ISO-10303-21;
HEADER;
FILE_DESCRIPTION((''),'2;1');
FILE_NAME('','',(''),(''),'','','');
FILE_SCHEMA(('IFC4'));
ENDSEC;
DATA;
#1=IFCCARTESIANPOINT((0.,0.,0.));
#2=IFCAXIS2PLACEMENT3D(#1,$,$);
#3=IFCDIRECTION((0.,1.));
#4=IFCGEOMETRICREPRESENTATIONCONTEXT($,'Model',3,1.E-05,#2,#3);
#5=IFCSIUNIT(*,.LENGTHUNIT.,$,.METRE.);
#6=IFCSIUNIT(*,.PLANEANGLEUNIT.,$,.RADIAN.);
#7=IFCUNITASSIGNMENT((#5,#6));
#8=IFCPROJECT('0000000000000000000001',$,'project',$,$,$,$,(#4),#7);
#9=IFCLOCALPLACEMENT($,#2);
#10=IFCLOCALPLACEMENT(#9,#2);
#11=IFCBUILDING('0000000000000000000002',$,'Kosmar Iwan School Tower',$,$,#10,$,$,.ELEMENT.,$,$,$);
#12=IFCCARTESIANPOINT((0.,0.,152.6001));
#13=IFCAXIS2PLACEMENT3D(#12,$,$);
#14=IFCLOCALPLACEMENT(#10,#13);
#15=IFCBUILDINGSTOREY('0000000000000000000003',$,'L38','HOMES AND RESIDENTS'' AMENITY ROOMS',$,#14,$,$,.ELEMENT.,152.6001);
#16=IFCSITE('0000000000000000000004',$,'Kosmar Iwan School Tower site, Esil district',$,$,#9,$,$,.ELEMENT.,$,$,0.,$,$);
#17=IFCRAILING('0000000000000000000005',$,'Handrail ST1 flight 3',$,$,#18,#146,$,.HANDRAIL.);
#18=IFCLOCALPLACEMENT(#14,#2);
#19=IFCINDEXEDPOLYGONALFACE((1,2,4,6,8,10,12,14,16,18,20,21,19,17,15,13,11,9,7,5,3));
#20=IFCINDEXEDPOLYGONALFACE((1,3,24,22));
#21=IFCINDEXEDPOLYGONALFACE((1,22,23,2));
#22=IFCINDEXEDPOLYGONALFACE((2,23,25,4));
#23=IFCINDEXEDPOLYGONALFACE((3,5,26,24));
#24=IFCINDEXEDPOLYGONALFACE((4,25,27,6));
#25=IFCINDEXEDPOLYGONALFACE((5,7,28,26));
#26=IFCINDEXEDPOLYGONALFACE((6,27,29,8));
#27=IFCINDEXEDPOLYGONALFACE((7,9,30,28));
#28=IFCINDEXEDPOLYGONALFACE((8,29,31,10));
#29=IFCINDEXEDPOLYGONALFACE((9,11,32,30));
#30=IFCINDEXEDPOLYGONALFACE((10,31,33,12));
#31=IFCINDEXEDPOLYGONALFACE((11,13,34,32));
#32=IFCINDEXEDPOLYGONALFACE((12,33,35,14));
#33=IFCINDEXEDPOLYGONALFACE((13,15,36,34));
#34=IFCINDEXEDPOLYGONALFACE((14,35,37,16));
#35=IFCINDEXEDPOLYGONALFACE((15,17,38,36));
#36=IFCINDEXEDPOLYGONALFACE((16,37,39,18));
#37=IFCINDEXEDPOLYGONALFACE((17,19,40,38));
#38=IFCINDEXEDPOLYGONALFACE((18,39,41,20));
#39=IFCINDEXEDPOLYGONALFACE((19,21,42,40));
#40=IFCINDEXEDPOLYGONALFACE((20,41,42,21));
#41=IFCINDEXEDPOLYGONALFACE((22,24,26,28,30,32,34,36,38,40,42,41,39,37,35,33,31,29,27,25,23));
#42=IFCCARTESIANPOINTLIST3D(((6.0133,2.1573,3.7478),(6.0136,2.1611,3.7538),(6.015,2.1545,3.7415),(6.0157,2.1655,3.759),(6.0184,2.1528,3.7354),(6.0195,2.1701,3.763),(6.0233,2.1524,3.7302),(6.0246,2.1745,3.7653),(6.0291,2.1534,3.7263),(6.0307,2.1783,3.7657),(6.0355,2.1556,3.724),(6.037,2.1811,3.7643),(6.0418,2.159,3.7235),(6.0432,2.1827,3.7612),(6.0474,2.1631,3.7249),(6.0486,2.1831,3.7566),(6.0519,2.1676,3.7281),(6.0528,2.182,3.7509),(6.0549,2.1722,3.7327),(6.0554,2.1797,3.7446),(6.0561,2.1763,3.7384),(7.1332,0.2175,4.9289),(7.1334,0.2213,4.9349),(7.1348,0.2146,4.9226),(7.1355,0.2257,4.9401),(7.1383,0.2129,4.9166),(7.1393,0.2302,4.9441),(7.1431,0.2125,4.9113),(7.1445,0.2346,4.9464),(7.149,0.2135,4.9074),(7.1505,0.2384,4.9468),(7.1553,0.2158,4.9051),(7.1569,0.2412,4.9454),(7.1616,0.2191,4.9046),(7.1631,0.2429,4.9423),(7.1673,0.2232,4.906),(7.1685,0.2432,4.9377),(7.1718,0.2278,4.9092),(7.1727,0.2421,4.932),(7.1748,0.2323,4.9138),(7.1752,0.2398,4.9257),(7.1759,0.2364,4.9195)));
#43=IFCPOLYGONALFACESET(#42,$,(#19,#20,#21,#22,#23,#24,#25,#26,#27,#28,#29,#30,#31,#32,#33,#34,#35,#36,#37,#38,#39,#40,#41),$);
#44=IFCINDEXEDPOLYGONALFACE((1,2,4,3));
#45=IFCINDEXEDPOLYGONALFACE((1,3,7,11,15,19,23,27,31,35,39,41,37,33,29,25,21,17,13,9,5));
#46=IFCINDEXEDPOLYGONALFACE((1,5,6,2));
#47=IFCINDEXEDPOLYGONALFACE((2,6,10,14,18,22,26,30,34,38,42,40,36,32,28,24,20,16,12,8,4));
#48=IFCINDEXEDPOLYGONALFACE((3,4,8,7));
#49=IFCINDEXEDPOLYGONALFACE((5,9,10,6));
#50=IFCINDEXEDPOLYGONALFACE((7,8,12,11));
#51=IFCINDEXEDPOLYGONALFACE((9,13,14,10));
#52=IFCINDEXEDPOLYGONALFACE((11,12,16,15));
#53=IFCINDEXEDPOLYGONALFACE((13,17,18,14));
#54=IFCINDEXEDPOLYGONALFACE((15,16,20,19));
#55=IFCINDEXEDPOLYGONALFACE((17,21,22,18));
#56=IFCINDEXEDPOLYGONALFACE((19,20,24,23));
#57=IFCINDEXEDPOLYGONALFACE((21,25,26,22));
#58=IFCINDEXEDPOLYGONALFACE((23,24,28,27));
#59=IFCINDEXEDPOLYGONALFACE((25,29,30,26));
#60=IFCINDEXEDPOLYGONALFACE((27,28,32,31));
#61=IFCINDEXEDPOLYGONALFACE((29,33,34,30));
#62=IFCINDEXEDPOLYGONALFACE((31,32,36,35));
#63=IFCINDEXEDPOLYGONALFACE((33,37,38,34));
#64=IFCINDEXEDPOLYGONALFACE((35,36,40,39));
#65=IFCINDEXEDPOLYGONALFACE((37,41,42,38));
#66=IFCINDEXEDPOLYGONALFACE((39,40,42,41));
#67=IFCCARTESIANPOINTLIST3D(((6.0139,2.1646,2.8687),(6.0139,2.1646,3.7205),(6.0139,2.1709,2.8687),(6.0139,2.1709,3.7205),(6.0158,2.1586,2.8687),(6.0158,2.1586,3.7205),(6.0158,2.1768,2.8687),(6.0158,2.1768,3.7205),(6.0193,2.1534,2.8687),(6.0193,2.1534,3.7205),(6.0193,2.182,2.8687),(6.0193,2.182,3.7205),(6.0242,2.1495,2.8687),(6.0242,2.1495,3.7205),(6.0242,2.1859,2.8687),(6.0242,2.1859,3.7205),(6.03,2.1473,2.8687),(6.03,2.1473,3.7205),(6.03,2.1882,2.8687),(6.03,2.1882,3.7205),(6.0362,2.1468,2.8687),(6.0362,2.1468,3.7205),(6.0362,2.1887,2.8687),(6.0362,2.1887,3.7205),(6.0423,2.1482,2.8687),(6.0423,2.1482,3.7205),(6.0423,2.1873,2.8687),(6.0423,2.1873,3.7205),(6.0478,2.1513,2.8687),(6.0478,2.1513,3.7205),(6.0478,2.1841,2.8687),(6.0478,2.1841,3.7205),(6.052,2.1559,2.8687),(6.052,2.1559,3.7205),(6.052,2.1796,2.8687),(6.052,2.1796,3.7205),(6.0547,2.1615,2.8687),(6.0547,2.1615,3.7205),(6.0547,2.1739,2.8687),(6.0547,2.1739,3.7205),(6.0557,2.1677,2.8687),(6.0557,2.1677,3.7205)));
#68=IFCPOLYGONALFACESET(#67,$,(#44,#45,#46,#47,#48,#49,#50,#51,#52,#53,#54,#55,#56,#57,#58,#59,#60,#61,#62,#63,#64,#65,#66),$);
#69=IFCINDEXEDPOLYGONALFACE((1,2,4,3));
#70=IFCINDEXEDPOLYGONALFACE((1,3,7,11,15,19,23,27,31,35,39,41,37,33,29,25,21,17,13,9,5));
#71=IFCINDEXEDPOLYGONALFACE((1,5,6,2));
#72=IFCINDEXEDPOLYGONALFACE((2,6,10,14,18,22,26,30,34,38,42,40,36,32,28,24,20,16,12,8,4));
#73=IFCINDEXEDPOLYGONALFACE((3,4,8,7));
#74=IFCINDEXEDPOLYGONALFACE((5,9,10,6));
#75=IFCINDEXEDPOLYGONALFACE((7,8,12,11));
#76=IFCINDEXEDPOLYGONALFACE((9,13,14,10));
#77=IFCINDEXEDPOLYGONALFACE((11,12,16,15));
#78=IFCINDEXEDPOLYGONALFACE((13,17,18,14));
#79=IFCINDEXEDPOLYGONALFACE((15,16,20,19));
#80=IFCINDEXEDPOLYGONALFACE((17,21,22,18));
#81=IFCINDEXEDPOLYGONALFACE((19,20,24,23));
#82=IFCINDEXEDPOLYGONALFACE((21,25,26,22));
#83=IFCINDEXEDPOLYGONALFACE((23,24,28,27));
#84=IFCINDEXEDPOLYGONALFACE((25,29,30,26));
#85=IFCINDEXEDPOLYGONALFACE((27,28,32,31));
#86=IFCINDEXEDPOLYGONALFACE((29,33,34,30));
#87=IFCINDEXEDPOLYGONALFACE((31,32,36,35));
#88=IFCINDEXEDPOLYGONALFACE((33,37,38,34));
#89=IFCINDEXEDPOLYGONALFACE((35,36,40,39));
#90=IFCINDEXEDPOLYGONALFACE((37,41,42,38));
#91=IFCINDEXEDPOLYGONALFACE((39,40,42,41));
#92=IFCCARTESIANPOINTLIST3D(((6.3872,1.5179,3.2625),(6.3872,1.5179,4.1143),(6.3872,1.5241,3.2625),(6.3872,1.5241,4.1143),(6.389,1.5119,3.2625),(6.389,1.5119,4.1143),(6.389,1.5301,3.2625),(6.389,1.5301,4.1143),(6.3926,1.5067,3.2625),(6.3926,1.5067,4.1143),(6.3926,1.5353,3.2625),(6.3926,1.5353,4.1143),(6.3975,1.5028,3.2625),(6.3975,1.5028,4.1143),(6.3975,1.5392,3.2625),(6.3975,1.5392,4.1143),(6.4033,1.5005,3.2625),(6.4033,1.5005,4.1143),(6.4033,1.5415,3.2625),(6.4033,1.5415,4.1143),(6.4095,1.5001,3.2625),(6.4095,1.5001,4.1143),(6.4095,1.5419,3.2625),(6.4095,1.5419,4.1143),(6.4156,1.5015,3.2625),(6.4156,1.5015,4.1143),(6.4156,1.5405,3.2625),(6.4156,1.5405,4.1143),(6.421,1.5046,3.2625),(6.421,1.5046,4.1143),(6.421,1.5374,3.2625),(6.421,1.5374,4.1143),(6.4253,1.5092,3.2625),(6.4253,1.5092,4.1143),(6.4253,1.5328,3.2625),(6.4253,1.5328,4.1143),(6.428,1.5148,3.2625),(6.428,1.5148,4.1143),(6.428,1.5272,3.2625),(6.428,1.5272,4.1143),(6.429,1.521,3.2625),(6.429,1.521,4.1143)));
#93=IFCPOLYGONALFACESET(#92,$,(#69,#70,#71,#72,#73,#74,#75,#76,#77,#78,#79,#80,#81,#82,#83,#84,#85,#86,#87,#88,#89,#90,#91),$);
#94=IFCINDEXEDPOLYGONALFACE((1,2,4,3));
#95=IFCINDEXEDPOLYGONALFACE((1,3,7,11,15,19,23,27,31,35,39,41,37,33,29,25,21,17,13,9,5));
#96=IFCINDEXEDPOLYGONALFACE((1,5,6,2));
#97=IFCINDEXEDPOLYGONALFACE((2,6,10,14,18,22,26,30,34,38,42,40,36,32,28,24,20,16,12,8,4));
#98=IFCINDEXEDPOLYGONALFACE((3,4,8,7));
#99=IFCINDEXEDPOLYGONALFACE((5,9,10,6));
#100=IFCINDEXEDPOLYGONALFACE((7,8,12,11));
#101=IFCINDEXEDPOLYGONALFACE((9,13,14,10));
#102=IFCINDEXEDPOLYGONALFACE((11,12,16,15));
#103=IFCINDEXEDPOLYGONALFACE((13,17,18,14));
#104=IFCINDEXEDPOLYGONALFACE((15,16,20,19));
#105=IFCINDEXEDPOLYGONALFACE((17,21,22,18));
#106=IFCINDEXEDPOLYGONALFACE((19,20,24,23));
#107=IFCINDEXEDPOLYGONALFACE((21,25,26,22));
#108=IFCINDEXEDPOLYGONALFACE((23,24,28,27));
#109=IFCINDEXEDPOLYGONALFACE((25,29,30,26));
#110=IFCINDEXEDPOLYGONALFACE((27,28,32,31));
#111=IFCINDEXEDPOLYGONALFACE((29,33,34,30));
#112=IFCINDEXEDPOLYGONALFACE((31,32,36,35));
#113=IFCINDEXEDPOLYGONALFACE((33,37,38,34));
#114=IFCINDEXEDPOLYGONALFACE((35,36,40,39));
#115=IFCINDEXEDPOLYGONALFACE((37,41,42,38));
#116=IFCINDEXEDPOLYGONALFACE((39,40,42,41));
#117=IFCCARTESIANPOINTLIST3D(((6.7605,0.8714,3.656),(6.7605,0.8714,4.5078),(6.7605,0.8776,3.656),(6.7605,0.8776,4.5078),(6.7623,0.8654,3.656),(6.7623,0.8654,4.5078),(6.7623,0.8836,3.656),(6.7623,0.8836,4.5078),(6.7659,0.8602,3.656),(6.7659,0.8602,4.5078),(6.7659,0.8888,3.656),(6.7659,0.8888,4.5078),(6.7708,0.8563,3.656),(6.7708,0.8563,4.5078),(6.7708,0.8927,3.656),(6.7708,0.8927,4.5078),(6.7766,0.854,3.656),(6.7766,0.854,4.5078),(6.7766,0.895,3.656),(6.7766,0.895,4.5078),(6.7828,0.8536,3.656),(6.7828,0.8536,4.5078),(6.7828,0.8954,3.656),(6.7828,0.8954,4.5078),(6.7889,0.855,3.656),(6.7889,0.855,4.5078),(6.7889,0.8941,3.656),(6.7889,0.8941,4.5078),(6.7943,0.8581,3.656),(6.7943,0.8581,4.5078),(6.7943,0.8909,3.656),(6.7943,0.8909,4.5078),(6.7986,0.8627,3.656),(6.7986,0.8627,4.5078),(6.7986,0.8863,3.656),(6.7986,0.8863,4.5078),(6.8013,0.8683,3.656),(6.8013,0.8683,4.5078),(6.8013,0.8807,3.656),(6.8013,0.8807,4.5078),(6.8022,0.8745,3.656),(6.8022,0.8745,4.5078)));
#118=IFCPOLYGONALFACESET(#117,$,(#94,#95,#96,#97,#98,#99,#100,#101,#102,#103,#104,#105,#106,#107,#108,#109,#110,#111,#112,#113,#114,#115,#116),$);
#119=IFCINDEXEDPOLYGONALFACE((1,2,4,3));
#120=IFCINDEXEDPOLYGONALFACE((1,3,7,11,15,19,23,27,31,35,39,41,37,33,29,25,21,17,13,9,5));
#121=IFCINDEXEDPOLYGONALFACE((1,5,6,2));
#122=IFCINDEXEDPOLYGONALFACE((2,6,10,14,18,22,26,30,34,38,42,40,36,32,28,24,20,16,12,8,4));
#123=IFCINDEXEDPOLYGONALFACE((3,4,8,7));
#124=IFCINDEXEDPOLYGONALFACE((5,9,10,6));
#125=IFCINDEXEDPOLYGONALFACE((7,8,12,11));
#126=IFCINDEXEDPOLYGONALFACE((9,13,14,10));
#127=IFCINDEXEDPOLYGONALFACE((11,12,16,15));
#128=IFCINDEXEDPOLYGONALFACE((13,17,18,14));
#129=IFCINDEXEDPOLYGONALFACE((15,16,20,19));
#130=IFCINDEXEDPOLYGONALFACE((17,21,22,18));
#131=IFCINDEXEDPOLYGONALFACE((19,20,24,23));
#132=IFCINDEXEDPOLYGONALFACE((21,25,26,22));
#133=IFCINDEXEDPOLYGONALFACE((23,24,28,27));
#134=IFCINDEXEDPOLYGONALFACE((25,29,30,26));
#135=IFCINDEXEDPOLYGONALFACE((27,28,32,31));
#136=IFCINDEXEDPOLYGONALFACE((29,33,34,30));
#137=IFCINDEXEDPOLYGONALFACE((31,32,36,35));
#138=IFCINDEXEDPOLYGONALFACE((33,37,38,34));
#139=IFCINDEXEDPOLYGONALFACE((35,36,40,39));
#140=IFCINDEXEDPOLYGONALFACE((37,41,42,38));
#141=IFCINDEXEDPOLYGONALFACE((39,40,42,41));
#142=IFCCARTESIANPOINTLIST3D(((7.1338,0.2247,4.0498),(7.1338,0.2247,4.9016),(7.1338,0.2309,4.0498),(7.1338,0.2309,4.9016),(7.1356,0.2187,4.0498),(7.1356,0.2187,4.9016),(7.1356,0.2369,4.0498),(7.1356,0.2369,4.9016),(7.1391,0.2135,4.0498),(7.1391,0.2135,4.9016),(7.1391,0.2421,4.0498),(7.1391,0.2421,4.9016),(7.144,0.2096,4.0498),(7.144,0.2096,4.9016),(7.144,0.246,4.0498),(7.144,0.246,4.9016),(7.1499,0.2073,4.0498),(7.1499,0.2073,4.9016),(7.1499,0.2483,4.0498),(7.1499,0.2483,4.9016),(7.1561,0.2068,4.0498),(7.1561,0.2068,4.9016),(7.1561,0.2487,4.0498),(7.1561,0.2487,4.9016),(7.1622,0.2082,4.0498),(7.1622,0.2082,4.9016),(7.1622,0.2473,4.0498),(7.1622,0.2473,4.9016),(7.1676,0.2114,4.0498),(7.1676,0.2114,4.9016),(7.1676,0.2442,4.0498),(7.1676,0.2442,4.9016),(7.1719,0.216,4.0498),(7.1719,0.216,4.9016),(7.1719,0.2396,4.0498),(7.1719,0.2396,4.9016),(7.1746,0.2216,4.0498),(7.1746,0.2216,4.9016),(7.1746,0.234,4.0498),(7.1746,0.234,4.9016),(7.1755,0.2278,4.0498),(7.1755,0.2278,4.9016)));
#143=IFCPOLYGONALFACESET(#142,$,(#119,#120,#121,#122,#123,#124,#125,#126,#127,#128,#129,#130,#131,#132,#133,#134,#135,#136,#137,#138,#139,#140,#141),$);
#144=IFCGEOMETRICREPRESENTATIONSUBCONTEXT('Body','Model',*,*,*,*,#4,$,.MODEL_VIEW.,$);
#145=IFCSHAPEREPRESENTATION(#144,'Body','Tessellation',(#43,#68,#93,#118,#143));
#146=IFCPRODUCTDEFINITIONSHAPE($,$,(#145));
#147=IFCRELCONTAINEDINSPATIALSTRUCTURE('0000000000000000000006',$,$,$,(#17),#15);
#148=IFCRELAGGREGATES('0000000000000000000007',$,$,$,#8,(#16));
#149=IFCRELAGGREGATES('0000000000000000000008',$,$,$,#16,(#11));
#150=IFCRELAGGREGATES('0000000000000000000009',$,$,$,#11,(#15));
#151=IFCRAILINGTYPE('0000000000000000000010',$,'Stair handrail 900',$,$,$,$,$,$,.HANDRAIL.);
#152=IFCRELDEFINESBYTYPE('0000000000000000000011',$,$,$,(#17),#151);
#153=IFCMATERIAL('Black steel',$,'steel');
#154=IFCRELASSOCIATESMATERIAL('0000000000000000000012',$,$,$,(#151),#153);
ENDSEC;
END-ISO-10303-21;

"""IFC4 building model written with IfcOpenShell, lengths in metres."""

from ifc_helpers import new_model, si_unit, direction, frame, origin, origin_2d, place, context, subcontext, project, spatial, circle, extrude, material, type_object, element, save


model = new_model("IFC4")

# Units and contexts
model_context = context("Model", 3, precision=1e-05, world=origin(), true_north=direction((0.0, 1.0)))
body_context = subcontext(model_context, "Body", "Model", "MODEL_VIEW")
ifc_project = project(units=[si_unit("LENGTHUNIT", "METRE"), si_unit("PLANEANGLEUNIT", "RADIAN")], contexts=[model_context])

# Site, building, storey
site_placement = place(None, origin())
site = spatial("IfcSite", under=ifc_project, at=site_placement, Name="Kosmar Iwan School Tower site, Esil district", CompositionType="ELEMENT", RefElevation=0.0)
building_placement = place(site_placement, origin())
building = spatial("IfcBuilding", under=site, at=building_placement, Name="Kosmar Iwan School Tower", CompositionType="ELEMENT")
storey_placement = place(building_placement, frame((0.0, 0.0, 152.6001)))
storey = spatial("IfcBuildingStorey", under=building, at=storey_placement, Name="L38", Description="HOMES AND RESIDENTS' AMENITY ROOMS", CompositionType="ELEMENT", Elevation=152.6001)

# Railing
ifc_material_1 = material(Name="Black steel", Category="steel")
railing_type = type_object("IfcRailingType", Name="Stair handrail 900", PredefinedType="HANDRAIL", material=ifc_material_1)
railing_1_placement = place(storey_placement, frame((6.0347, 2.1677, 2.8687)))
element("IfcRailing", 1, at=railing_1_placement, inside=storey, type_object=railing_type, Name="Handrail ST1 flight 3", PredefinedType="HANDRAIL", context=body_context, shape_type="SweptSolid", body=[
    extrude(circle(Radius=0.0239, at=origin_2d()), frame((0.0, 0.0, 0.876), z_axis=(0.442233, -0.766075, 0.466432), x_axis=(0.866055, 0.499949, 0.0)), (0.0, 0.0, 1.0), 2.5322),
    extrude(circle(Radius=0.021, at=origin_2d()), origin(), (0.0, 0.0, 1.0), 0.8518),
    extrude(circle(Radius=0.021, at=origin_2d()), frame((0.3733, -0.6467, 0.3938)), (0.0, 0.0, 1.0), 0.8518),
    extrude(circle(Radius=0.021, at=origin_2d()), frame((0.7466, -1.2932, 0.7874)), (0.0, 0.0, 1.0), 0.8518),
    extrude(circle(Radius=0.021, at=origin_2d()), frame((1.1199, -1.9399, 1.1812)), (0.0, 0.0, 1.0), 0.8518),
])

save(model, "model.ifc")
